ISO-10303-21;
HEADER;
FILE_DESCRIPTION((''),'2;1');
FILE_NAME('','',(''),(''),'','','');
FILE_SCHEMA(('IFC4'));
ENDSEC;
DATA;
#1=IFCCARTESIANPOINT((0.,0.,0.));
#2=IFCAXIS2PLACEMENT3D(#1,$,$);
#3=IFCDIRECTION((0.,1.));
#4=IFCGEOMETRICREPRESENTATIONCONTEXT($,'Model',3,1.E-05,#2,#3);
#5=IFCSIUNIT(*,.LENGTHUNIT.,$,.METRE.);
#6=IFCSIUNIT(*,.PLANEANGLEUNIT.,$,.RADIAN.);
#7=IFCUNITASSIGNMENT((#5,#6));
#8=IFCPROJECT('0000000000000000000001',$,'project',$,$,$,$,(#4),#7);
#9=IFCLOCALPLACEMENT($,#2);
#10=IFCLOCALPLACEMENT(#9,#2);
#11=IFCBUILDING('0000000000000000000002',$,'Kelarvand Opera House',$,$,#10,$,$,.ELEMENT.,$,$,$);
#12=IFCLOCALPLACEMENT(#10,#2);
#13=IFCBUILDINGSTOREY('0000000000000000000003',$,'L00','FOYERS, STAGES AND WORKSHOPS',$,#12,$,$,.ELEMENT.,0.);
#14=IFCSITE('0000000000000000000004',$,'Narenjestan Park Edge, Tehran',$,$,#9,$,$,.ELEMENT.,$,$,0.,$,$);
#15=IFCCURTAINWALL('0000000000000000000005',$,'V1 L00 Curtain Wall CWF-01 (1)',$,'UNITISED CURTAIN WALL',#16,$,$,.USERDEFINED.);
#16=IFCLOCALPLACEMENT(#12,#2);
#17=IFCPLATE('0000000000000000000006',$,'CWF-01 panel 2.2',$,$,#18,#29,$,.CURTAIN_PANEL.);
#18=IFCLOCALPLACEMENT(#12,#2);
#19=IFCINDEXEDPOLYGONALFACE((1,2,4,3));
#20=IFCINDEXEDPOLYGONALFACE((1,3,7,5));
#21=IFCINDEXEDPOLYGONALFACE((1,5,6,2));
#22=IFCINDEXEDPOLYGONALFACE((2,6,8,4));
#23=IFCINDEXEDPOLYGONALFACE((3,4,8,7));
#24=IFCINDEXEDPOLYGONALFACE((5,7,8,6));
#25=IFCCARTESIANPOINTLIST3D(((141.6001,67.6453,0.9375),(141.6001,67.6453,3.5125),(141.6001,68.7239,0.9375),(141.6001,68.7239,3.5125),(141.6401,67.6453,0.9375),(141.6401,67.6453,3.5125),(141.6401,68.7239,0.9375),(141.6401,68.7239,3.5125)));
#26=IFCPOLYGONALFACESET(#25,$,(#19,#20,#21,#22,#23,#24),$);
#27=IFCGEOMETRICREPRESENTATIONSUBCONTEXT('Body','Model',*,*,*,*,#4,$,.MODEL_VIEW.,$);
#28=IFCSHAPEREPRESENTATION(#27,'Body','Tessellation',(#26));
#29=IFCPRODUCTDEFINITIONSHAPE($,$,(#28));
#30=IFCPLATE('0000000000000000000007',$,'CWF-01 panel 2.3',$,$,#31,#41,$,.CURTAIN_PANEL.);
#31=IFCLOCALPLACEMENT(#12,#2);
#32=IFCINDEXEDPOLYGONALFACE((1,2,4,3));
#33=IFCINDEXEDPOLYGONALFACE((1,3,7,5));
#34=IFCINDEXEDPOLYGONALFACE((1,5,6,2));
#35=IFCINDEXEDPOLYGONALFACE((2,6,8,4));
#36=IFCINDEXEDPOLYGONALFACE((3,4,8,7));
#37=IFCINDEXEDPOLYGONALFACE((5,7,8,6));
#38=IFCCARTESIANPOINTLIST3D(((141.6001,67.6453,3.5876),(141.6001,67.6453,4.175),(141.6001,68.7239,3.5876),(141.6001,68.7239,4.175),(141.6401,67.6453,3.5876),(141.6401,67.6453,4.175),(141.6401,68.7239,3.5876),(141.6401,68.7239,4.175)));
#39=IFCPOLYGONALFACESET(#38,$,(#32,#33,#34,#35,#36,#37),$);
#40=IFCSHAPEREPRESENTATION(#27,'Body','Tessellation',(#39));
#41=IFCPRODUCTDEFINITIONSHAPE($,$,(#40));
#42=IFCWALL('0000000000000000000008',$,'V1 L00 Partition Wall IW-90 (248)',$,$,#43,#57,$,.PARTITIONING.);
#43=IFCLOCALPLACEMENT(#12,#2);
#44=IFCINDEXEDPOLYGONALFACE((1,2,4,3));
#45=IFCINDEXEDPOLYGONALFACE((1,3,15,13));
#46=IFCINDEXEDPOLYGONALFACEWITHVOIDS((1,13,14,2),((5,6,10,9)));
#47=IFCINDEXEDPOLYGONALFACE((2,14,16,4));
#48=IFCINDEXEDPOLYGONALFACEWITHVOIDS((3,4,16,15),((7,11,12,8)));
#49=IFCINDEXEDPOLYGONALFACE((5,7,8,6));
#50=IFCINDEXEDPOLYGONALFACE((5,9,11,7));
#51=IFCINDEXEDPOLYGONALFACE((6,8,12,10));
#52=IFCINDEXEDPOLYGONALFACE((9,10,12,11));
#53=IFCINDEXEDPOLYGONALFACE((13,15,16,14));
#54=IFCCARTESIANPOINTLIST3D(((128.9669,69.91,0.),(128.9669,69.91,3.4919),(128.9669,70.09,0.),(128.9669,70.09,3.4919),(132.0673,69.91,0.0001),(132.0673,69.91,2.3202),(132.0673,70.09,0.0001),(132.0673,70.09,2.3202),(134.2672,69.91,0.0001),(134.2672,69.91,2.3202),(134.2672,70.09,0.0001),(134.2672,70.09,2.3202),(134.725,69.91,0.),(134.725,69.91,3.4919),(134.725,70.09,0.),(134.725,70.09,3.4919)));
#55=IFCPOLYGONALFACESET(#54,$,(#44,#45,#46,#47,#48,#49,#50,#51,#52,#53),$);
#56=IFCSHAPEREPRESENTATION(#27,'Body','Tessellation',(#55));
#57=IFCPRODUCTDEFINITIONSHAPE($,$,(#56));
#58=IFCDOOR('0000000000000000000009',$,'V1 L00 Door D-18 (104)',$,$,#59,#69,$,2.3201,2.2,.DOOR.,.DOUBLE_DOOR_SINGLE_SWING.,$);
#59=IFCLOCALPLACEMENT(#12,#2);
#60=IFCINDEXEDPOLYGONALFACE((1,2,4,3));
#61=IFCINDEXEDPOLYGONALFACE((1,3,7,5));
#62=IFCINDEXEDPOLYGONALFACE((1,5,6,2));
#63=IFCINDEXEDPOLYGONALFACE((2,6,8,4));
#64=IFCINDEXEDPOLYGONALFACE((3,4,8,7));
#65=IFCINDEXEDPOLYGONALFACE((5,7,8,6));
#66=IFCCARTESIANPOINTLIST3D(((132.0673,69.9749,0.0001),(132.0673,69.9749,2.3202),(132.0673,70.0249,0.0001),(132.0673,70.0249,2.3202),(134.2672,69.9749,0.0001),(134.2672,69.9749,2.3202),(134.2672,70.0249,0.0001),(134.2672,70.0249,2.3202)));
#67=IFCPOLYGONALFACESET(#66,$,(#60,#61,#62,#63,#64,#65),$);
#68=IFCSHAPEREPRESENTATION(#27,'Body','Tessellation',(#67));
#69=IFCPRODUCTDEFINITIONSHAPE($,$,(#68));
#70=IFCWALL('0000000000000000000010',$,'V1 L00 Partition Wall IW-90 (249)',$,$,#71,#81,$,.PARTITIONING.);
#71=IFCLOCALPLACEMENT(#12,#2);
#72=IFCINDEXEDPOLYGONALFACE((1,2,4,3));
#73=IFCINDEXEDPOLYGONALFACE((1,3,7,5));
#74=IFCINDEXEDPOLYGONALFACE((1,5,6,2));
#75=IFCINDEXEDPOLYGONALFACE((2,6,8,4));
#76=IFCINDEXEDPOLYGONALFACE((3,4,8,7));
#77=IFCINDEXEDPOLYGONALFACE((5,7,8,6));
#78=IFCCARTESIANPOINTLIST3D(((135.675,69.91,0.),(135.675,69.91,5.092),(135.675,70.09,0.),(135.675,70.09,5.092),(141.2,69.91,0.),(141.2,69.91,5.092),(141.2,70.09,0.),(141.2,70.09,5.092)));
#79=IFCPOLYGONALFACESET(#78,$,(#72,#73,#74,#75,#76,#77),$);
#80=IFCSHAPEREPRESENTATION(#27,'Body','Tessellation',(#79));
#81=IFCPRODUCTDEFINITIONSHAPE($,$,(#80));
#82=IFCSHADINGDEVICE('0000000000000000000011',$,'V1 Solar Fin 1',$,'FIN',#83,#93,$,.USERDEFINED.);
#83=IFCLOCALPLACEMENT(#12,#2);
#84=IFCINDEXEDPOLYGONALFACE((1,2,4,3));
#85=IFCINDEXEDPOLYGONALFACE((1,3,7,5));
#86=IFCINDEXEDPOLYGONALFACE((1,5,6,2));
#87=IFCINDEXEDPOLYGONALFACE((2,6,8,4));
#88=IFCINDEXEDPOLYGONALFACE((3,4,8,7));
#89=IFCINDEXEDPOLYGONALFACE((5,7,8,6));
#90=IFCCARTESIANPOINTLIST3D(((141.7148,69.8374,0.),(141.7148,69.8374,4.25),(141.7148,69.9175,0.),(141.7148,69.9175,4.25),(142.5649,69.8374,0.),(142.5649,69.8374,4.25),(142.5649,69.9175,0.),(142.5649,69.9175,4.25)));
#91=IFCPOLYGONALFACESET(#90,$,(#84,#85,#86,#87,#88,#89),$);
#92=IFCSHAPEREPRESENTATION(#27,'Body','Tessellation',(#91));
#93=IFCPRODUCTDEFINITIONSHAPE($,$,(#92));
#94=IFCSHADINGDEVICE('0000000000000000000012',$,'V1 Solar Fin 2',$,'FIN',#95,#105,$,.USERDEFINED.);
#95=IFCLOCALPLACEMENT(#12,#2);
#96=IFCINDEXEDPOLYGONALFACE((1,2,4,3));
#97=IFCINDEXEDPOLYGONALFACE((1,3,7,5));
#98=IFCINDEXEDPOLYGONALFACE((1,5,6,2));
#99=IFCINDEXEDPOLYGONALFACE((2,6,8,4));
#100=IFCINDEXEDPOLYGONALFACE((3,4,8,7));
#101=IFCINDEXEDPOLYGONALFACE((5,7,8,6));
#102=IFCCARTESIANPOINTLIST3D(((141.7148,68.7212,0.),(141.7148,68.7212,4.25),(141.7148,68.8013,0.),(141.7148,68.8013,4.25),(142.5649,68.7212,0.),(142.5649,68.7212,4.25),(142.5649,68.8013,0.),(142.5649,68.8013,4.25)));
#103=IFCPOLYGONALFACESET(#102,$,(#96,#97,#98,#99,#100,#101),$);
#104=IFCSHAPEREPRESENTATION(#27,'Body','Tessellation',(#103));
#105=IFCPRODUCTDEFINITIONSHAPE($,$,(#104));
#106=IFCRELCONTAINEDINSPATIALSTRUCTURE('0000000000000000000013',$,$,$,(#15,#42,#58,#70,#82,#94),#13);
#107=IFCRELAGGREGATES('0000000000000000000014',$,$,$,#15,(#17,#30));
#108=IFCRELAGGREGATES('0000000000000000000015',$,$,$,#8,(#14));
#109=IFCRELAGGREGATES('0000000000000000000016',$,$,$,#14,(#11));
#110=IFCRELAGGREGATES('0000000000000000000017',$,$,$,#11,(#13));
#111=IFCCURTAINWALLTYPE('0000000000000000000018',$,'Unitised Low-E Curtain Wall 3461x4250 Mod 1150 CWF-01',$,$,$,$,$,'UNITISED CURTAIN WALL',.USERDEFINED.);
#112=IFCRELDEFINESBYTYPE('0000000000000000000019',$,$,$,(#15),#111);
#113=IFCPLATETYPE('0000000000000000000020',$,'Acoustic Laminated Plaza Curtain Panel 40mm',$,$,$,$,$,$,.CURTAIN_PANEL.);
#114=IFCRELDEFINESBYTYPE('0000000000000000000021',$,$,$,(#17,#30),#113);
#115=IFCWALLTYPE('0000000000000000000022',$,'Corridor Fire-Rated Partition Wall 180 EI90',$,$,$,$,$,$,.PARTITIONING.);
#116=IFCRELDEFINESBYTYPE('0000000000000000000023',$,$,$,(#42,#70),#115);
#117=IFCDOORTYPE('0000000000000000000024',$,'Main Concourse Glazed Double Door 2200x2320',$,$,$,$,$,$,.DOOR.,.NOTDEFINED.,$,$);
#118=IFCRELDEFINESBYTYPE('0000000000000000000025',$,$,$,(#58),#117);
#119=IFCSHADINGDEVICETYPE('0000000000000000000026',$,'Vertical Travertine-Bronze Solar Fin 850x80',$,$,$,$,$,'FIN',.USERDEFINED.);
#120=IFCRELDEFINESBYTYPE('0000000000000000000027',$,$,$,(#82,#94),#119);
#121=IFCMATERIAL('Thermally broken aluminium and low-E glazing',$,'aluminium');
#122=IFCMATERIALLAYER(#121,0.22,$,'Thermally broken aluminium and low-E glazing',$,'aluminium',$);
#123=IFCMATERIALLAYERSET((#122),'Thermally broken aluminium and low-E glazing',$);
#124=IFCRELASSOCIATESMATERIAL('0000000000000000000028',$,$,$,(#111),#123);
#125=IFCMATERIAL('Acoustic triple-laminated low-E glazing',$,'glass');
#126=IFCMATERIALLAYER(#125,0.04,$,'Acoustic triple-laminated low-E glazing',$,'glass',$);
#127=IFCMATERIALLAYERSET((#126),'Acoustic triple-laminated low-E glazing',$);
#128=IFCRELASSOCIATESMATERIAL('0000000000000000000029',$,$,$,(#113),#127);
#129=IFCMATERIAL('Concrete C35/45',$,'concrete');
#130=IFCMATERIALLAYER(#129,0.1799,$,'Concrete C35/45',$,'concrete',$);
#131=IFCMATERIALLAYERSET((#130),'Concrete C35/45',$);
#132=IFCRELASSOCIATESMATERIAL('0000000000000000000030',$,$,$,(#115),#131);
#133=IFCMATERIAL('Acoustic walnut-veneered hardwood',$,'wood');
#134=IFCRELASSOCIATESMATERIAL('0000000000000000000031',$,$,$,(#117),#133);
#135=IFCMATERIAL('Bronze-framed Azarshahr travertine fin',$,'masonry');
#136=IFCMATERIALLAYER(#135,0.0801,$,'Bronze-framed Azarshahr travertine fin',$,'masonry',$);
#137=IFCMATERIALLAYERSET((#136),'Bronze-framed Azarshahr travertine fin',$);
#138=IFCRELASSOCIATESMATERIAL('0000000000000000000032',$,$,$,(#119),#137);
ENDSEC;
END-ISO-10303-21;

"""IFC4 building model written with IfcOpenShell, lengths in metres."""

from ifc_helpers import new_model, si_unit, direction, frame, frame_2d, origin, origin_2d, place, context, subcontext, project, spatial, rectangle, extrude, material, layer, layer_set, type_object, element, fill, aggregate, save


model = new_model("IFC4")

# Units and contexts
model_context = context("Model", 3, precision=1e-05, world=origin(), true_north=direction((0.0, 1.0)))
body_context = subcontext(model_context, "Body", "Model", "MODEL_VIEW")
ifc_project = project(units=[si_unit("LENGTHUNIT", "METRE"), si_unit("PLANEANGLEUNIT", "RADIAN")], contexts=[model_context])

# Site, building, storey
site_placement = place(None, origin())
site = spatial("IfcSite", under=ifc_project, at=site_placement, Name="Narenjestan Park Edge, Tehran", CompositionType="ELEMENT", RefElevation=0.0)
building_placement = place(site_placement, origin())
building = spatial("IfcBuilding", under=site, at=building_placement, Name="Kelarvand Opera House", CompositionType="ELEMENT")
storey_placement = place(building_placement, origin())
storey = spatial("IfcBuildingStorey", under=building, at=storey_placement, Name="L00", Description="FOYERS, STAGES AND WORKSHOPS", CompositionType="ELEMENT", Elevation=0.0)

# Curtain wall, plates
ifc_material_1 = material(Name="Thermally broken aluminium and low-E glazing", Category="aluminium")
ifc_layer_1 = layer(ifc_material_1, 0.22, Name="Thermally broken aluminium and low-E glazing", Category="aluminium")
ifc_layer_set_1 = layer_set([ifc_layer_1], Name="Thermally broken aluminium and low-E glazing")
curtain_wall_type = type_object("IfcCurtainWallType", Name="Unitised Low-E Curtain Wall 3461x4250 Mod 1150 CWF-01", ElementType="UNITISED CURTAIN WALL", PredefinedType="USERDEFINED", material=ifc_layer_set_1)
curtain_wall_placement = place(storey_placement, origin())
curtain_wall = element("IfcCurtainWall", 1, at=curtain_wall_placement, inside=storey, type_object=curtain_wall_type, Name="V1 L00 Curtain Wall CWF-01 (1)", ObjectType="UNITISED CURTAIN WALL", PredefinedType="USERDEFINED")
ifc_material_2 = material(Name="Acoustic triple-laminated low-E glazing", Category="glass")
ifc_layer_2 = layer(ifc_material_2, 0.04, Name="Acoustic triple-laminated low-E glazing", Category="glass")
ifc_layer_set_2 = layer_set([ifc_layer_2], Name="Acoustic triple-laminated low-E glazing")
plate_type = type_object("IfcPlateType", Name="Acoustic Laminated Plaza Curtain Panel 40mm", PredefinedType="CURTAIN_PANEL", material=ifc_layer_set_2)
plate_1_placement = place(storey_placement, frame((141.6201, 68.1846, 0.9375), z_axis=(0.0, 0.0, 1.0), x_axis=(0.0, -1.0, 0.0)))
plate_1 = element("IfcPlate", 2, at=plate_1_placement, type_object=plate_type, Name="CWF-01 panel 2.2", PredefinedType="CURTAIN_PANEL", context=body_context, shape_type="SweptSolid", body=[
    extrude(rectangle(XDim=1.0786, YDim=0.04, at=origin_2d()), origin(), (0.0, 0.0, 1.0), 2.575),
])
plate_2_placement = place(storey_placement, frame((141.6201, 68.1846, 3.5876), z_axis=(0.0, 0.0, 1.0), x_axis=(0.0, -1.0, 0.0)))
plate_2 = element("IfcPlate", 3, at=plate_2_placement, type_object=plate_type, Name="CWF-01 panel 2.3", PredefinedType="CURTAIN_PANEL", context=body_context, shape_type="SweptSolid", body=[
    extrude(rectangle(XDim=1.0786, YDim=0.04, at=origin_2d()), origin(), (0.0, 0.0, 1.0), 0.5874),
])
aggregate(curtain_wall, [plate_1, plate_2])

# Wall, opening, door
ifc_material_3 = material(Name="Concrete C35/45", Category="concrete")
ifc_layer_3 = layer(ifc_material_3, 0.1799, Name="Concrete C35/45", Category="concrete")
ifc_layer_set_3 = layer_set([ifc_layer_3], Name="Concrete C35/45")
wall_type = type_object("IfcWallType", Name="Corridor Fire-Rated Partition Wall 180 EI90", PredefinedType="PARTITIONING", material=ifc_layer_set_3)
wall_1_placement = place(storey_placement, frame((128.967, 70.0, 0.0), z_axis=(0.0, 0.0, 1.0), x_axis=(1.0, 0.0, 0.0)))
wall_1 = element("IfcWall", 4, at=wall_1_placement, inside=storey, type_object=wall_type, Name="V1 L00 Partition Wall IW-90 (248)", PredefinedType="PARTITIONING", context=body_context, shape_type="SweptSolid", body=[
    extrude(rectangle(XDim=5.7581, YDim=0.1799, at=frame_2d((2.8789, 0.0))), origin(), (0.0, 0.0, 1.0), 3.4919),
])
opening_placement = place(wall_1_placement, frame((3.1001, 0.0, 0.0)))
opening = element("IfcOpeningElement", 5, at=opening_placement, cuts=wall_1, PredefinedType="OPENING", context=body_context, shape_type="SweptSolid", body=[
    extrude(rectangle(XDim=2.2, YDim=2.3201, at=frame_2d((1.1001, 1.1602))), frame((0.0, 0.1001, 0.0), z_axis=(0.0, -1.0, 0.0), x_axis=(1.0, 0.0, 0.0)), (0.0, 0.0, 1.0), 0.2),
])
ifc_material_4 = material(Name="Acoustic walnut-veneered hardwood", Category="wood")
door_type = type_object("IfcDoorType", Name="Main Concourse Glazed Double Door 2200x2320", OperationType="NOTDEFINED", PredefinedType="DOOR", material=ifc_material_4)
door_placement = place(opening_placement, origin())
door = element("IfcDoor", 6, at=door_placement, inside=storey, type_object=door_type, Name="V1 L00 Door D-18 (104)", OperationType="DOUBLE_DOOR_SINGLE_SWING", OverallHeight=2.3201, OverallWidth=2.2, PredefinedType="DOOR", context=body_context, shape_type="SweptSolid", body=[
    extrude(rectangle(XDim=2.2, YDim=2.3201, at=frame_2d((1.1001, 1.1602))), frame((0.0, 0.0249, 0.0), z_axis=(0.0, -1.0, 0.0), x_axis=(1.0, 0.0, 0.0)), (0.0, 0.0, 1.0), 0.05),
])
fill(opening, door)

# Wall
wall_2_placement = place(storey_placement, frame((135.675, 70.0, 0.0), z_axis=(0.0, 0.0, 1.0), x_axis=(1.0, 0.0, 0.0)))
element("IfcWall", 7, at=wall_2_placement, inside=storey, type_object=wall_type, Name="V1 L00 Partition Wall IW-90 (249)", PredefinedType="PARTITIONING", context=body_context, shape_type="SweptSolid", body=[
    extrude(rectangle(XDim=5.5249, YDim=0.1799, at=frame_2d((2.7625, 0.0))), origin(), (0.0, 0.0, 1.0), 5.092),
])

# Shading devices
ifc_material_5 = material(Name="Bronze-framed Azarshahr travertine fin", Category="masonry")
ifc_layer_4 = layer(ifc_material_5, 0.0801, Name="Bronze-framed Azarshahr travertine fin", Category="masonry")
ifc_layer_set_4 = layer_set([ifc_layer_4], Name="Bronze-framed Azarshahr travertine fin")
shading_device_type = type_object("IfcShadingDeviceType", Name="Vertical Travertine-Bronze Solar Fin 850x80", ElementType="FIN", PredefinedType="USERDEFINED", material=ifc_layer_set_4)
for number, where, z_axis, x_axis, name in (
    (8, (142.1399, 69.8774, 0.0), (0.0, 0.0, 1.0), (1.0, 0.0, 0.0), "V1 Solar Fin 1"),
    (9, (142.1399, 68.7612, 0.0), (0.0, 0.0, 1.0), (1.0, 0.0, 0.0), "V1 Solar Fin 2"),
):
    element("IfcShadingDevice", number, at=place(storey_placement, frame(where, z_axis=z_axis, x_axis=x_axis)), inside=storey, type_object=shading_device_type, Name=name, ObjectType="FIN", PredefinedType="USERDEFINED", context=body_context, shape_type="SweptSolid", body=[
        extrude(rectangle(XDim=0.8501, YDim=0.0801, at=origin_2d()), origin(), (0.0, 0.0, 1.0), 4.25),
    ])

save(model, "model.ifc")
